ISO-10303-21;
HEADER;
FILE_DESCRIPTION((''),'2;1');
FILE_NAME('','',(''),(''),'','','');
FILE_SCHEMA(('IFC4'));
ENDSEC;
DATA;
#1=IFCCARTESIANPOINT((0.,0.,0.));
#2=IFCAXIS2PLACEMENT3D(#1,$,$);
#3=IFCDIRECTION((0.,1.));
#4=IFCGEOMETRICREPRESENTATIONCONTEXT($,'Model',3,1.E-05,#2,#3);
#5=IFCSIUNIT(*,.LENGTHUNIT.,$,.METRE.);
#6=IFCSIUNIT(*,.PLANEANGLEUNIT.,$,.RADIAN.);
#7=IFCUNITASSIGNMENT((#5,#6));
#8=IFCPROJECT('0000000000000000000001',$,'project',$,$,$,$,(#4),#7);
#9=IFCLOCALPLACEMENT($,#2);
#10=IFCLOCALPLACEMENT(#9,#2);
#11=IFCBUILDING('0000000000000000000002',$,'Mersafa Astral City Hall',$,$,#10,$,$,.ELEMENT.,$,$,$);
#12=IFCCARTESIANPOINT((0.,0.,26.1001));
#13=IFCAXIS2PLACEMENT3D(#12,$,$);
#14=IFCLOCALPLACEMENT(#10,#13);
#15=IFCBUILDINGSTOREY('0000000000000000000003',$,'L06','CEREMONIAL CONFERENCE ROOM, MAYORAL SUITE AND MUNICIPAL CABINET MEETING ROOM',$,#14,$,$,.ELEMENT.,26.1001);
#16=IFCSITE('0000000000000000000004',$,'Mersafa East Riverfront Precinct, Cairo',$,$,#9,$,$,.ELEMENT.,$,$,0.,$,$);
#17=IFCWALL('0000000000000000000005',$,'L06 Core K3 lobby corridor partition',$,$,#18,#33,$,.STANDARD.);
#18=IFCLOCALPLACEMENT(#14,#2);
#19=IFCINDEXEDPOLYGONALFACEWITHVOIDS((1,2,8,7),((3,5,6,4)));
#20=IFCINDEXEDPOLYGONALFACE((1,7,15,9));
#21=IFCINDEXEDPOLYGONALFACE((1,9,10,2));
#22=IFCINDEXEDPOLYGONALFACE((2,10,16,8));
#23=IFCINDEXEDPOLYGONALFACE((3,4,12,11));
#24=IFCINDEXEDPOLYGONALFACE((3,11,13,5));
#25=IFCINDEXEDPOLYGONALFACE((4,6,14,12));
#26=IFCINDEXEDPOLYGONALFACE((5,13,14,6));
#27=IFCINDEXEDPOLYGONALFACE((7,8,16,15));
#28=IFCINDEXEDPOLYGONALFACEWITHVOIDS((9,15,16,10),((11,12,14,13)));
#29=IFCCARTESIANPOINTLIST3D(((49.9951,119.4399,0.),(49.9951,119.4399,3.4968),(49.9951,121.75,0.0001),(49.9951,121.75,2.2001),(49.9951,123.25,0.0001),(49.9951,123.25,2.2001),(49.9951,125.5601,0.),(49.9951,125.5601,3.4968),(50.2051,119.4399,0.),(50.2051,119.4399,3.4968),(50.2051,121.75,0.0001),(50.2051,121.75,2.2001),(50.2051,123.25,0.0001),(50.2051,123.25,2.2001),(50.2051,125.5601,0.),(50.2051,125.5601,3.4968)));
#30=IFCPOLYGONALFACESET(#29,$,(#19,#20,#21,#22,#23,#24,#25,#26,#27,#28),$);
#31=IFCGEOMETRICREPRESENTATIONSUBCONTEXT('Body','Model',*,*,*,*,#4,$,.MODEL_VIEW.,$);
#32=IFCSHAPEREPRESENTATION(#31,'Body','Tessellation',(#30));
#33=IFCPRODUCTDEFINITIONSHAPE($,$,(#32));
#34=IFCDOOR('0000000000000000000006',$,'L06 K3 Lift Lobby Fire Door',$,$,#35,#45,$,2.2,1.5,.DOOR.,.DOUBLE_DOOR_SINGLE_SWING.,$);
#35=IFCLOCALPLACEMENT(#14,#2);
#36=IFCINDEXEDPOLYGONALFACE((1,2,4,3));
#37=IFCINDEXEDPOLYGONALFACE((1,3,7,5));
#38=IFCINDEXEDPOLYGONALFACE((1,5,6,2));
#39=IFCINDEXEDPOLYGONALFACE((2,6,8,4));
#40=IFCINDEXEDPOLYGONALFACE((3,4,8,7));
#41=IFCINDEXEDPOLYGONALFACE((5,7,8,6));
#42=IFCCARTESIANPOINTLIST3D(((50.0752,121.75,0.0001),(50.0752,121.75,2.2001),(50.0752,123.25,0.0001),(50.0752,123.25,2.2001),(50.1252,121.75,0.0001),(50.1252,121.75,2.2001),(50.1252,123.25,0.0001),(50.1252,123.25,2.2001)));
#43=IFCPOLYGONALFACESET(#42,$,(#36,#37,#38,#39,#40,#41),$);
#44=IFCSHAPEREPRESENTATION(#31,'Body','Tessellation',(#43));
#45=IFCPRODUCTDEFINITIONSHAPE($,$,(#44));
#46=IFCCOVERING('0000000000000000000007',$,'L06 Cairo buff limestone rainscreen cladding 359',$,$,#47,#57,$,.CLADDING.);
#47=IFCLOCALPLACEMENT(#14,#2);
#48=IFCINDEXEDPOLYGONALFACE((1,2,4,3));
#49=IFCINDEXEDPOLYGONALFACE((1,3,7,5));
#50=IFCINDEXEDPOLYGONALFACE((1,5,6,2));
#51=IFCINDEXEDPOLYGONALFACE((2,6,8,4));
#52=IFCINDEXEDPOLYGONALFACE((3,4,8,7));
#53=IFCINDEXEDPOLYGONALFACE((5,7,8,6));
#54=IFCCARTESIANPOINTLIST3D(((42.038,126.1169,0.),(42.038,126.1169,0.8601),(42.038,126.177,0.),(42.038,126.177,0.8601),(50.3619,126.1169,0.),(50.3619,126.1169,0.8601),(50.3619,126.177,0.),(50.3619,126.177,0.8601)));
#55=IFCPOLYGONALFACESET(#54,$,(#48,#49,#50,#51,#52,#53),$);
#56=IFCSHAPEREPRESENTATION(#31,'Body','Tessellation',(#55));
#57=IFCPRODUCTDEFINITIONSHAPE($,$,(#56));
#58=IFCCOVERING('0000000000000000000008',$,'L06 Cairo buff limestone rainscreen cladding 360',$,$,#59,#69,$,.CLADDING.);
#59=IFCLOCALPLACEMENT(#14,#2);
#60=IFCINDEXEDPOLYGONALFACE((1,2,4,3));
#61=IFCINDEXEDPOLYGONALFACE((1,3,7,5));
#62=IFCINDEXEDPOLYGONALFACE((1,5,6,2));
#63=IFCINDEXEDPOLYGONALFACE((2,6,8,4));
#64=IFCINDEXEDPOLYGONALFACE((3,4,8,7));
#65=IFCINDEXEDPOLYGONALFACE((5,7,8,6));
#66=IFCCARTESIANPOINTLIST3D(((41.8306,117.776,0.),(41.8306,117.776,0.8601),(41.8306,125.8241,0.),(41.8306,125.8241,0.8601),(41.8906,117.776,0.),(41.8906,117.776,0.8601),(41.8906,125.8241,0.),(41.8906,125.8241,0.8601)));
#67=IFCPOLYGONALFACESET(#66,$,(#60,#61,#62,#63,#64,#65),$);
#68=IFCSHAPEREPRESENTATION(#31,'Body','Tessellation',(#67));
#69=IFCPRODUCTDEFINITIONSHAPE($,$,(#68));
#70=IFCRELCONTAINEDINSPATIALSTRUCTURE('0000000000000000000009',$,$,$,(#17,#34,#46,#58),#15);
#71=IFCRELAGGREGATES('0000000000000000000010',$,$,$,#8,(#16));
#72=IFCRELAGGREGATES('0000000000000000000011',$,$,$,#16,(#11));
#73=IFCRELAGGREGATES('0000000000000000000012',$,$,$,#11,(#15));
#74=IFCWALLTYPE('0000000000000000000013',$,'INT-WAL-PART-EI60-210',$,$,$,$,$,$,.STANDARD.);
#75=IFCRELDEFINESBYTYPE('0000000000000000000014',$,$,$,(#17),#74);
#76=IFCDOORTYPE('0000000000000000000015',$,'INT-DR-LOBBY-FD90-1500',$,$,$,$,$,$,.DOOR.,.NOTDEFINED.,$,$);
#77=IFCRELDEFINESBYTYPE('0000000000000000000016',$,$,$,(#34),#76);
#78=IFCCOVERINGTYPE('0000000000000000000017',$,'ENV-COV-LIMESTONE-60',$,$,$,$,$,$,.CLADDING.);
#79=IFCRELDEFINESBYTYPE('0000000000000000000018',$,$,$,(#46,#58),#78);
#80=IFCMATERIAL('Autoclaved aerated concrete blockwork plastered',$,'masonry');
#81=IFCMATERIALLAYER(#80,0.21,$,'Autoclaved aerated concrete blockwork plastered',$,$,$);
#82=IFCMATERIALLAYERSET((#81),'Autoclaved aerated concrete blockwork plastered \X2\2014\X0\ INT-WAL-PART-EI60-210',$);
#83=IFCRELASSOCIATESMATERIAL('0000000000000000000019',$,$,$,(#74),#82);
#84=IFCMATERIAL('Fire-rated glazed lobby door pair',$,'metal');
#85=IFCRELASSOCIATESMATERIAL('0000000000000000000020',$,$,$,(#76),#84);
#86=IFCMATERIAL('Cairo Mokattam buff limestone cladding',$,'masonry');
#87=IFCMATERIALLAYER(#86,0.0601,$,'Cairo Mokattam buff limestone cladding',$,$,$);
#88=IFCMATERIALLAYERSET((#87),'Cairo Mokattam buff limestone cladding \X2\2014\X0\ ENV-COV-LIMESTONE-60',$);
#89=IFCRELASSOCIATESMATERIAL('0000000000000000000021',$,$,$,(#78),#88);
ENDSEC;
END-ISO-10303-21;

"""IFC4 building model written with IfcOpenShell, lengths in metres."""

from ifc_helpers import new_model, si_unit, direction, frame, frame_2d, origin, origin_2d, place, context, subcontext, project, spatial, rectangle, extrude, material, layer, layer_set, type_object, element, fill, save


model = new_model("IFC4")

# Units and contexts
model_context = context("Model", 3, precision=1e-05, world=origin(), true_north=direction((0.0, 1.0)))
body_context = subcontext(model_context, "Body", "Model", "MODEL_VIEW")
ifc_project = project(units=[si_unit("LENGTHUNIT", "METRE"), si_unit("PLANEANGLEUNIT", "RADIAN")], contexts=[model_context])

# Site, building, storey
site_placement = place(None, origin())
site = spatial("IfcSite", under=ifc_project, at=site_placement, Name="Mersafa East Riverfront Precinct, Cairo", CompositionType="ELEMENT", RefElevation=0.0)
building_placement = place(site_placement, origin())
building = spatial("IfcBuilding", under=site, at=building_placement, Name="Mersafa Astral City Hall", CompositionType="ELEMENT")
storey_placement = place(building_placement, frame((0.0, 0.0, 26.1001)))
storey = spatial("IfcBuildingStorey", under=building, at=storey_placement, Name="L06", Description="CEREMONIAL CONFERENCE ROOM, MAYORAL SUITE AND MUNICIPAL CABINET MEETING ROOM", CompositionType="ELEMENT", Elevation=26.1001)

# Wall, opening, door
ifc_material_1 = material(Name="Autoclaved aerated concrete blockwork plastered", Category="masonry")
ifc_layer_1 = layer(ifc_material_1, 0.21, Name="Autoclaved aerated concrete blockwork plastered")
ifc_layer_set_1 = layer_set([ifc_layer_1], Name="Autoclaved aerated concrete blockwork plastered — INT-WAL-PART-EI60-210")
wall_type_1 = type_object("IfcWallType", Name="INT-WAL-PART-EI60-210", PredefinedType="STANDARD", material=ifc_layer_set_1)
wall_1_placement = place(storey_placement, frame((50.1001, 119.4399, 0.0), z_axis=(0.0, 0.0, 1.0), x_axis=(0.0, 1.0, 0.0)))
wall_1 = element("IfcWall", 1, at=wall_1_placement, inside=storey, type_object=wall_type_1, Name="L06 Core K3 lobby corridor partition", PredefinedType="STANDARD", context=body_context, shape_type="SweptSolid", body=[
    extrude(rectangle(XDim=6.1201, YDim=0.21, at=frame_2d((3.0601, 0.0))), origin(), (0.0, 0.0, 1.0), 3.4968),
])
opening_1_placement = place(wall_1_placement, frame((2.3101, 0.0, 0.0)))
opening_1 = element("IfcOpeningElement", 2, at=opening_1_placement, cuts=wall_1, PredefinedType="OPENING", context=body_context, shape_type="SweptSolid", body=[
    extrude(rectangle(XDim=1.5, YDim=2.2, at=frame_2d((0.75, 1.1001))), frame((0.0, 0.115, 0.0), z_axis=(0.0, -1.0, 0.0), x_axis=(1.0, 0.0, 0.0)), (0.0, 0.0, 1.0), 0.23),
])
ifc_material_2 = material(Name="Fire-rated glazed lobby door pair", Category="metal")
door_type_1 = type_object("IfcDoorType", Name="INT-DR-LOBBY-FD90-1500", OperationType="NOTDEFINED", PredefinedType="DOOR", material=ifc_material_2)
door_1_placement = place(opening_1_placement, origin())
door_1 = element("IfcDoor", 3, at=door_1_placement, inside=storey, type_object=door_type_1, Name="L06 K3 Lift Lobby Fire Door", OperationType="DOUBLE_DOOR_SINGLE_SWING", OverallHeight=2.2, OverallWidth=1.5, PredefinedType="DOOR", context=body_context, shape_type="SweptSolid", body=[
    extrude(rectangle(XDim=1.5, YDim=2.2, at=frame_2d((0.75, 1.1001))), frame((0.0, 0.0249, 0.0), z_axis=(0.0, -1.0, 0.0), x_axis=(1.0, 0.0, 0.0)), (0.0, 0.0, 1.0), 0.05),
])
fill(opening_1, door_1)

# Coverings
ifc_material_3 = material(Name="Cairo Mokattam buff limestone cladding", Category="masonry")
ifc_layer_2 = layer(ifc_material_3, 0.0601, Name="Cairo Mokattam buff limestone cladding")
ifc_layer_set_2 = layer_set([ifc_layer_2], Name="Cairo Mokattam buff limestone cladding — ENV-COV-LIMESTONE-60")
covering_type = type_object("IfcCoveringType", Name="ENV-COV-LIMESTONE-60", PredefinedType="CLADDING", material=ifc_layer_set_2)
covering_1_placement = place(storey_placement, frame((46.2, 126.147, 0.0), z_axis=(0.0, 0.0, 1.0), x_axis=(-1.0, 0.0, 0.0)))
element("IfcCovering", 4, at=covering_1_placement, inside=storey, type_object=covering_type, Name="L06 Cairo buff limestone rainscreen cladding 359", PredefinedType="CLADDING", context=body_context, shape_type="SweptSolid", body=[
    extrude(rectangle(XDim=8.324, YDim=0.0601, at=origin_2d()), origin(), (0.0, 0.0, 1.0), 0.8601),
])
covering_2_placement = place(storey_placement, frame((41.8606, 121.8, 0.0), z_axis=(0.0, 0.0, 1.0), x_axis=(0.0, -1.0, 0.0)))
element("IfcCovering", 5, at=covering_2_placement, inside=storey, type_object=covering_type, Name="L06 Cairo buff limestone rainscreen cladding 360", PredefinedType="CLADDING", context=body_context, shape_type="SweptSolid", body=[
    extrude(rectangle(XDim=8.0481, YDim=0.0601, at=origin_2d()), origin(), (0.0, 0.0, 1.0), 0.8601),
])

save(model, "model.ifc")
